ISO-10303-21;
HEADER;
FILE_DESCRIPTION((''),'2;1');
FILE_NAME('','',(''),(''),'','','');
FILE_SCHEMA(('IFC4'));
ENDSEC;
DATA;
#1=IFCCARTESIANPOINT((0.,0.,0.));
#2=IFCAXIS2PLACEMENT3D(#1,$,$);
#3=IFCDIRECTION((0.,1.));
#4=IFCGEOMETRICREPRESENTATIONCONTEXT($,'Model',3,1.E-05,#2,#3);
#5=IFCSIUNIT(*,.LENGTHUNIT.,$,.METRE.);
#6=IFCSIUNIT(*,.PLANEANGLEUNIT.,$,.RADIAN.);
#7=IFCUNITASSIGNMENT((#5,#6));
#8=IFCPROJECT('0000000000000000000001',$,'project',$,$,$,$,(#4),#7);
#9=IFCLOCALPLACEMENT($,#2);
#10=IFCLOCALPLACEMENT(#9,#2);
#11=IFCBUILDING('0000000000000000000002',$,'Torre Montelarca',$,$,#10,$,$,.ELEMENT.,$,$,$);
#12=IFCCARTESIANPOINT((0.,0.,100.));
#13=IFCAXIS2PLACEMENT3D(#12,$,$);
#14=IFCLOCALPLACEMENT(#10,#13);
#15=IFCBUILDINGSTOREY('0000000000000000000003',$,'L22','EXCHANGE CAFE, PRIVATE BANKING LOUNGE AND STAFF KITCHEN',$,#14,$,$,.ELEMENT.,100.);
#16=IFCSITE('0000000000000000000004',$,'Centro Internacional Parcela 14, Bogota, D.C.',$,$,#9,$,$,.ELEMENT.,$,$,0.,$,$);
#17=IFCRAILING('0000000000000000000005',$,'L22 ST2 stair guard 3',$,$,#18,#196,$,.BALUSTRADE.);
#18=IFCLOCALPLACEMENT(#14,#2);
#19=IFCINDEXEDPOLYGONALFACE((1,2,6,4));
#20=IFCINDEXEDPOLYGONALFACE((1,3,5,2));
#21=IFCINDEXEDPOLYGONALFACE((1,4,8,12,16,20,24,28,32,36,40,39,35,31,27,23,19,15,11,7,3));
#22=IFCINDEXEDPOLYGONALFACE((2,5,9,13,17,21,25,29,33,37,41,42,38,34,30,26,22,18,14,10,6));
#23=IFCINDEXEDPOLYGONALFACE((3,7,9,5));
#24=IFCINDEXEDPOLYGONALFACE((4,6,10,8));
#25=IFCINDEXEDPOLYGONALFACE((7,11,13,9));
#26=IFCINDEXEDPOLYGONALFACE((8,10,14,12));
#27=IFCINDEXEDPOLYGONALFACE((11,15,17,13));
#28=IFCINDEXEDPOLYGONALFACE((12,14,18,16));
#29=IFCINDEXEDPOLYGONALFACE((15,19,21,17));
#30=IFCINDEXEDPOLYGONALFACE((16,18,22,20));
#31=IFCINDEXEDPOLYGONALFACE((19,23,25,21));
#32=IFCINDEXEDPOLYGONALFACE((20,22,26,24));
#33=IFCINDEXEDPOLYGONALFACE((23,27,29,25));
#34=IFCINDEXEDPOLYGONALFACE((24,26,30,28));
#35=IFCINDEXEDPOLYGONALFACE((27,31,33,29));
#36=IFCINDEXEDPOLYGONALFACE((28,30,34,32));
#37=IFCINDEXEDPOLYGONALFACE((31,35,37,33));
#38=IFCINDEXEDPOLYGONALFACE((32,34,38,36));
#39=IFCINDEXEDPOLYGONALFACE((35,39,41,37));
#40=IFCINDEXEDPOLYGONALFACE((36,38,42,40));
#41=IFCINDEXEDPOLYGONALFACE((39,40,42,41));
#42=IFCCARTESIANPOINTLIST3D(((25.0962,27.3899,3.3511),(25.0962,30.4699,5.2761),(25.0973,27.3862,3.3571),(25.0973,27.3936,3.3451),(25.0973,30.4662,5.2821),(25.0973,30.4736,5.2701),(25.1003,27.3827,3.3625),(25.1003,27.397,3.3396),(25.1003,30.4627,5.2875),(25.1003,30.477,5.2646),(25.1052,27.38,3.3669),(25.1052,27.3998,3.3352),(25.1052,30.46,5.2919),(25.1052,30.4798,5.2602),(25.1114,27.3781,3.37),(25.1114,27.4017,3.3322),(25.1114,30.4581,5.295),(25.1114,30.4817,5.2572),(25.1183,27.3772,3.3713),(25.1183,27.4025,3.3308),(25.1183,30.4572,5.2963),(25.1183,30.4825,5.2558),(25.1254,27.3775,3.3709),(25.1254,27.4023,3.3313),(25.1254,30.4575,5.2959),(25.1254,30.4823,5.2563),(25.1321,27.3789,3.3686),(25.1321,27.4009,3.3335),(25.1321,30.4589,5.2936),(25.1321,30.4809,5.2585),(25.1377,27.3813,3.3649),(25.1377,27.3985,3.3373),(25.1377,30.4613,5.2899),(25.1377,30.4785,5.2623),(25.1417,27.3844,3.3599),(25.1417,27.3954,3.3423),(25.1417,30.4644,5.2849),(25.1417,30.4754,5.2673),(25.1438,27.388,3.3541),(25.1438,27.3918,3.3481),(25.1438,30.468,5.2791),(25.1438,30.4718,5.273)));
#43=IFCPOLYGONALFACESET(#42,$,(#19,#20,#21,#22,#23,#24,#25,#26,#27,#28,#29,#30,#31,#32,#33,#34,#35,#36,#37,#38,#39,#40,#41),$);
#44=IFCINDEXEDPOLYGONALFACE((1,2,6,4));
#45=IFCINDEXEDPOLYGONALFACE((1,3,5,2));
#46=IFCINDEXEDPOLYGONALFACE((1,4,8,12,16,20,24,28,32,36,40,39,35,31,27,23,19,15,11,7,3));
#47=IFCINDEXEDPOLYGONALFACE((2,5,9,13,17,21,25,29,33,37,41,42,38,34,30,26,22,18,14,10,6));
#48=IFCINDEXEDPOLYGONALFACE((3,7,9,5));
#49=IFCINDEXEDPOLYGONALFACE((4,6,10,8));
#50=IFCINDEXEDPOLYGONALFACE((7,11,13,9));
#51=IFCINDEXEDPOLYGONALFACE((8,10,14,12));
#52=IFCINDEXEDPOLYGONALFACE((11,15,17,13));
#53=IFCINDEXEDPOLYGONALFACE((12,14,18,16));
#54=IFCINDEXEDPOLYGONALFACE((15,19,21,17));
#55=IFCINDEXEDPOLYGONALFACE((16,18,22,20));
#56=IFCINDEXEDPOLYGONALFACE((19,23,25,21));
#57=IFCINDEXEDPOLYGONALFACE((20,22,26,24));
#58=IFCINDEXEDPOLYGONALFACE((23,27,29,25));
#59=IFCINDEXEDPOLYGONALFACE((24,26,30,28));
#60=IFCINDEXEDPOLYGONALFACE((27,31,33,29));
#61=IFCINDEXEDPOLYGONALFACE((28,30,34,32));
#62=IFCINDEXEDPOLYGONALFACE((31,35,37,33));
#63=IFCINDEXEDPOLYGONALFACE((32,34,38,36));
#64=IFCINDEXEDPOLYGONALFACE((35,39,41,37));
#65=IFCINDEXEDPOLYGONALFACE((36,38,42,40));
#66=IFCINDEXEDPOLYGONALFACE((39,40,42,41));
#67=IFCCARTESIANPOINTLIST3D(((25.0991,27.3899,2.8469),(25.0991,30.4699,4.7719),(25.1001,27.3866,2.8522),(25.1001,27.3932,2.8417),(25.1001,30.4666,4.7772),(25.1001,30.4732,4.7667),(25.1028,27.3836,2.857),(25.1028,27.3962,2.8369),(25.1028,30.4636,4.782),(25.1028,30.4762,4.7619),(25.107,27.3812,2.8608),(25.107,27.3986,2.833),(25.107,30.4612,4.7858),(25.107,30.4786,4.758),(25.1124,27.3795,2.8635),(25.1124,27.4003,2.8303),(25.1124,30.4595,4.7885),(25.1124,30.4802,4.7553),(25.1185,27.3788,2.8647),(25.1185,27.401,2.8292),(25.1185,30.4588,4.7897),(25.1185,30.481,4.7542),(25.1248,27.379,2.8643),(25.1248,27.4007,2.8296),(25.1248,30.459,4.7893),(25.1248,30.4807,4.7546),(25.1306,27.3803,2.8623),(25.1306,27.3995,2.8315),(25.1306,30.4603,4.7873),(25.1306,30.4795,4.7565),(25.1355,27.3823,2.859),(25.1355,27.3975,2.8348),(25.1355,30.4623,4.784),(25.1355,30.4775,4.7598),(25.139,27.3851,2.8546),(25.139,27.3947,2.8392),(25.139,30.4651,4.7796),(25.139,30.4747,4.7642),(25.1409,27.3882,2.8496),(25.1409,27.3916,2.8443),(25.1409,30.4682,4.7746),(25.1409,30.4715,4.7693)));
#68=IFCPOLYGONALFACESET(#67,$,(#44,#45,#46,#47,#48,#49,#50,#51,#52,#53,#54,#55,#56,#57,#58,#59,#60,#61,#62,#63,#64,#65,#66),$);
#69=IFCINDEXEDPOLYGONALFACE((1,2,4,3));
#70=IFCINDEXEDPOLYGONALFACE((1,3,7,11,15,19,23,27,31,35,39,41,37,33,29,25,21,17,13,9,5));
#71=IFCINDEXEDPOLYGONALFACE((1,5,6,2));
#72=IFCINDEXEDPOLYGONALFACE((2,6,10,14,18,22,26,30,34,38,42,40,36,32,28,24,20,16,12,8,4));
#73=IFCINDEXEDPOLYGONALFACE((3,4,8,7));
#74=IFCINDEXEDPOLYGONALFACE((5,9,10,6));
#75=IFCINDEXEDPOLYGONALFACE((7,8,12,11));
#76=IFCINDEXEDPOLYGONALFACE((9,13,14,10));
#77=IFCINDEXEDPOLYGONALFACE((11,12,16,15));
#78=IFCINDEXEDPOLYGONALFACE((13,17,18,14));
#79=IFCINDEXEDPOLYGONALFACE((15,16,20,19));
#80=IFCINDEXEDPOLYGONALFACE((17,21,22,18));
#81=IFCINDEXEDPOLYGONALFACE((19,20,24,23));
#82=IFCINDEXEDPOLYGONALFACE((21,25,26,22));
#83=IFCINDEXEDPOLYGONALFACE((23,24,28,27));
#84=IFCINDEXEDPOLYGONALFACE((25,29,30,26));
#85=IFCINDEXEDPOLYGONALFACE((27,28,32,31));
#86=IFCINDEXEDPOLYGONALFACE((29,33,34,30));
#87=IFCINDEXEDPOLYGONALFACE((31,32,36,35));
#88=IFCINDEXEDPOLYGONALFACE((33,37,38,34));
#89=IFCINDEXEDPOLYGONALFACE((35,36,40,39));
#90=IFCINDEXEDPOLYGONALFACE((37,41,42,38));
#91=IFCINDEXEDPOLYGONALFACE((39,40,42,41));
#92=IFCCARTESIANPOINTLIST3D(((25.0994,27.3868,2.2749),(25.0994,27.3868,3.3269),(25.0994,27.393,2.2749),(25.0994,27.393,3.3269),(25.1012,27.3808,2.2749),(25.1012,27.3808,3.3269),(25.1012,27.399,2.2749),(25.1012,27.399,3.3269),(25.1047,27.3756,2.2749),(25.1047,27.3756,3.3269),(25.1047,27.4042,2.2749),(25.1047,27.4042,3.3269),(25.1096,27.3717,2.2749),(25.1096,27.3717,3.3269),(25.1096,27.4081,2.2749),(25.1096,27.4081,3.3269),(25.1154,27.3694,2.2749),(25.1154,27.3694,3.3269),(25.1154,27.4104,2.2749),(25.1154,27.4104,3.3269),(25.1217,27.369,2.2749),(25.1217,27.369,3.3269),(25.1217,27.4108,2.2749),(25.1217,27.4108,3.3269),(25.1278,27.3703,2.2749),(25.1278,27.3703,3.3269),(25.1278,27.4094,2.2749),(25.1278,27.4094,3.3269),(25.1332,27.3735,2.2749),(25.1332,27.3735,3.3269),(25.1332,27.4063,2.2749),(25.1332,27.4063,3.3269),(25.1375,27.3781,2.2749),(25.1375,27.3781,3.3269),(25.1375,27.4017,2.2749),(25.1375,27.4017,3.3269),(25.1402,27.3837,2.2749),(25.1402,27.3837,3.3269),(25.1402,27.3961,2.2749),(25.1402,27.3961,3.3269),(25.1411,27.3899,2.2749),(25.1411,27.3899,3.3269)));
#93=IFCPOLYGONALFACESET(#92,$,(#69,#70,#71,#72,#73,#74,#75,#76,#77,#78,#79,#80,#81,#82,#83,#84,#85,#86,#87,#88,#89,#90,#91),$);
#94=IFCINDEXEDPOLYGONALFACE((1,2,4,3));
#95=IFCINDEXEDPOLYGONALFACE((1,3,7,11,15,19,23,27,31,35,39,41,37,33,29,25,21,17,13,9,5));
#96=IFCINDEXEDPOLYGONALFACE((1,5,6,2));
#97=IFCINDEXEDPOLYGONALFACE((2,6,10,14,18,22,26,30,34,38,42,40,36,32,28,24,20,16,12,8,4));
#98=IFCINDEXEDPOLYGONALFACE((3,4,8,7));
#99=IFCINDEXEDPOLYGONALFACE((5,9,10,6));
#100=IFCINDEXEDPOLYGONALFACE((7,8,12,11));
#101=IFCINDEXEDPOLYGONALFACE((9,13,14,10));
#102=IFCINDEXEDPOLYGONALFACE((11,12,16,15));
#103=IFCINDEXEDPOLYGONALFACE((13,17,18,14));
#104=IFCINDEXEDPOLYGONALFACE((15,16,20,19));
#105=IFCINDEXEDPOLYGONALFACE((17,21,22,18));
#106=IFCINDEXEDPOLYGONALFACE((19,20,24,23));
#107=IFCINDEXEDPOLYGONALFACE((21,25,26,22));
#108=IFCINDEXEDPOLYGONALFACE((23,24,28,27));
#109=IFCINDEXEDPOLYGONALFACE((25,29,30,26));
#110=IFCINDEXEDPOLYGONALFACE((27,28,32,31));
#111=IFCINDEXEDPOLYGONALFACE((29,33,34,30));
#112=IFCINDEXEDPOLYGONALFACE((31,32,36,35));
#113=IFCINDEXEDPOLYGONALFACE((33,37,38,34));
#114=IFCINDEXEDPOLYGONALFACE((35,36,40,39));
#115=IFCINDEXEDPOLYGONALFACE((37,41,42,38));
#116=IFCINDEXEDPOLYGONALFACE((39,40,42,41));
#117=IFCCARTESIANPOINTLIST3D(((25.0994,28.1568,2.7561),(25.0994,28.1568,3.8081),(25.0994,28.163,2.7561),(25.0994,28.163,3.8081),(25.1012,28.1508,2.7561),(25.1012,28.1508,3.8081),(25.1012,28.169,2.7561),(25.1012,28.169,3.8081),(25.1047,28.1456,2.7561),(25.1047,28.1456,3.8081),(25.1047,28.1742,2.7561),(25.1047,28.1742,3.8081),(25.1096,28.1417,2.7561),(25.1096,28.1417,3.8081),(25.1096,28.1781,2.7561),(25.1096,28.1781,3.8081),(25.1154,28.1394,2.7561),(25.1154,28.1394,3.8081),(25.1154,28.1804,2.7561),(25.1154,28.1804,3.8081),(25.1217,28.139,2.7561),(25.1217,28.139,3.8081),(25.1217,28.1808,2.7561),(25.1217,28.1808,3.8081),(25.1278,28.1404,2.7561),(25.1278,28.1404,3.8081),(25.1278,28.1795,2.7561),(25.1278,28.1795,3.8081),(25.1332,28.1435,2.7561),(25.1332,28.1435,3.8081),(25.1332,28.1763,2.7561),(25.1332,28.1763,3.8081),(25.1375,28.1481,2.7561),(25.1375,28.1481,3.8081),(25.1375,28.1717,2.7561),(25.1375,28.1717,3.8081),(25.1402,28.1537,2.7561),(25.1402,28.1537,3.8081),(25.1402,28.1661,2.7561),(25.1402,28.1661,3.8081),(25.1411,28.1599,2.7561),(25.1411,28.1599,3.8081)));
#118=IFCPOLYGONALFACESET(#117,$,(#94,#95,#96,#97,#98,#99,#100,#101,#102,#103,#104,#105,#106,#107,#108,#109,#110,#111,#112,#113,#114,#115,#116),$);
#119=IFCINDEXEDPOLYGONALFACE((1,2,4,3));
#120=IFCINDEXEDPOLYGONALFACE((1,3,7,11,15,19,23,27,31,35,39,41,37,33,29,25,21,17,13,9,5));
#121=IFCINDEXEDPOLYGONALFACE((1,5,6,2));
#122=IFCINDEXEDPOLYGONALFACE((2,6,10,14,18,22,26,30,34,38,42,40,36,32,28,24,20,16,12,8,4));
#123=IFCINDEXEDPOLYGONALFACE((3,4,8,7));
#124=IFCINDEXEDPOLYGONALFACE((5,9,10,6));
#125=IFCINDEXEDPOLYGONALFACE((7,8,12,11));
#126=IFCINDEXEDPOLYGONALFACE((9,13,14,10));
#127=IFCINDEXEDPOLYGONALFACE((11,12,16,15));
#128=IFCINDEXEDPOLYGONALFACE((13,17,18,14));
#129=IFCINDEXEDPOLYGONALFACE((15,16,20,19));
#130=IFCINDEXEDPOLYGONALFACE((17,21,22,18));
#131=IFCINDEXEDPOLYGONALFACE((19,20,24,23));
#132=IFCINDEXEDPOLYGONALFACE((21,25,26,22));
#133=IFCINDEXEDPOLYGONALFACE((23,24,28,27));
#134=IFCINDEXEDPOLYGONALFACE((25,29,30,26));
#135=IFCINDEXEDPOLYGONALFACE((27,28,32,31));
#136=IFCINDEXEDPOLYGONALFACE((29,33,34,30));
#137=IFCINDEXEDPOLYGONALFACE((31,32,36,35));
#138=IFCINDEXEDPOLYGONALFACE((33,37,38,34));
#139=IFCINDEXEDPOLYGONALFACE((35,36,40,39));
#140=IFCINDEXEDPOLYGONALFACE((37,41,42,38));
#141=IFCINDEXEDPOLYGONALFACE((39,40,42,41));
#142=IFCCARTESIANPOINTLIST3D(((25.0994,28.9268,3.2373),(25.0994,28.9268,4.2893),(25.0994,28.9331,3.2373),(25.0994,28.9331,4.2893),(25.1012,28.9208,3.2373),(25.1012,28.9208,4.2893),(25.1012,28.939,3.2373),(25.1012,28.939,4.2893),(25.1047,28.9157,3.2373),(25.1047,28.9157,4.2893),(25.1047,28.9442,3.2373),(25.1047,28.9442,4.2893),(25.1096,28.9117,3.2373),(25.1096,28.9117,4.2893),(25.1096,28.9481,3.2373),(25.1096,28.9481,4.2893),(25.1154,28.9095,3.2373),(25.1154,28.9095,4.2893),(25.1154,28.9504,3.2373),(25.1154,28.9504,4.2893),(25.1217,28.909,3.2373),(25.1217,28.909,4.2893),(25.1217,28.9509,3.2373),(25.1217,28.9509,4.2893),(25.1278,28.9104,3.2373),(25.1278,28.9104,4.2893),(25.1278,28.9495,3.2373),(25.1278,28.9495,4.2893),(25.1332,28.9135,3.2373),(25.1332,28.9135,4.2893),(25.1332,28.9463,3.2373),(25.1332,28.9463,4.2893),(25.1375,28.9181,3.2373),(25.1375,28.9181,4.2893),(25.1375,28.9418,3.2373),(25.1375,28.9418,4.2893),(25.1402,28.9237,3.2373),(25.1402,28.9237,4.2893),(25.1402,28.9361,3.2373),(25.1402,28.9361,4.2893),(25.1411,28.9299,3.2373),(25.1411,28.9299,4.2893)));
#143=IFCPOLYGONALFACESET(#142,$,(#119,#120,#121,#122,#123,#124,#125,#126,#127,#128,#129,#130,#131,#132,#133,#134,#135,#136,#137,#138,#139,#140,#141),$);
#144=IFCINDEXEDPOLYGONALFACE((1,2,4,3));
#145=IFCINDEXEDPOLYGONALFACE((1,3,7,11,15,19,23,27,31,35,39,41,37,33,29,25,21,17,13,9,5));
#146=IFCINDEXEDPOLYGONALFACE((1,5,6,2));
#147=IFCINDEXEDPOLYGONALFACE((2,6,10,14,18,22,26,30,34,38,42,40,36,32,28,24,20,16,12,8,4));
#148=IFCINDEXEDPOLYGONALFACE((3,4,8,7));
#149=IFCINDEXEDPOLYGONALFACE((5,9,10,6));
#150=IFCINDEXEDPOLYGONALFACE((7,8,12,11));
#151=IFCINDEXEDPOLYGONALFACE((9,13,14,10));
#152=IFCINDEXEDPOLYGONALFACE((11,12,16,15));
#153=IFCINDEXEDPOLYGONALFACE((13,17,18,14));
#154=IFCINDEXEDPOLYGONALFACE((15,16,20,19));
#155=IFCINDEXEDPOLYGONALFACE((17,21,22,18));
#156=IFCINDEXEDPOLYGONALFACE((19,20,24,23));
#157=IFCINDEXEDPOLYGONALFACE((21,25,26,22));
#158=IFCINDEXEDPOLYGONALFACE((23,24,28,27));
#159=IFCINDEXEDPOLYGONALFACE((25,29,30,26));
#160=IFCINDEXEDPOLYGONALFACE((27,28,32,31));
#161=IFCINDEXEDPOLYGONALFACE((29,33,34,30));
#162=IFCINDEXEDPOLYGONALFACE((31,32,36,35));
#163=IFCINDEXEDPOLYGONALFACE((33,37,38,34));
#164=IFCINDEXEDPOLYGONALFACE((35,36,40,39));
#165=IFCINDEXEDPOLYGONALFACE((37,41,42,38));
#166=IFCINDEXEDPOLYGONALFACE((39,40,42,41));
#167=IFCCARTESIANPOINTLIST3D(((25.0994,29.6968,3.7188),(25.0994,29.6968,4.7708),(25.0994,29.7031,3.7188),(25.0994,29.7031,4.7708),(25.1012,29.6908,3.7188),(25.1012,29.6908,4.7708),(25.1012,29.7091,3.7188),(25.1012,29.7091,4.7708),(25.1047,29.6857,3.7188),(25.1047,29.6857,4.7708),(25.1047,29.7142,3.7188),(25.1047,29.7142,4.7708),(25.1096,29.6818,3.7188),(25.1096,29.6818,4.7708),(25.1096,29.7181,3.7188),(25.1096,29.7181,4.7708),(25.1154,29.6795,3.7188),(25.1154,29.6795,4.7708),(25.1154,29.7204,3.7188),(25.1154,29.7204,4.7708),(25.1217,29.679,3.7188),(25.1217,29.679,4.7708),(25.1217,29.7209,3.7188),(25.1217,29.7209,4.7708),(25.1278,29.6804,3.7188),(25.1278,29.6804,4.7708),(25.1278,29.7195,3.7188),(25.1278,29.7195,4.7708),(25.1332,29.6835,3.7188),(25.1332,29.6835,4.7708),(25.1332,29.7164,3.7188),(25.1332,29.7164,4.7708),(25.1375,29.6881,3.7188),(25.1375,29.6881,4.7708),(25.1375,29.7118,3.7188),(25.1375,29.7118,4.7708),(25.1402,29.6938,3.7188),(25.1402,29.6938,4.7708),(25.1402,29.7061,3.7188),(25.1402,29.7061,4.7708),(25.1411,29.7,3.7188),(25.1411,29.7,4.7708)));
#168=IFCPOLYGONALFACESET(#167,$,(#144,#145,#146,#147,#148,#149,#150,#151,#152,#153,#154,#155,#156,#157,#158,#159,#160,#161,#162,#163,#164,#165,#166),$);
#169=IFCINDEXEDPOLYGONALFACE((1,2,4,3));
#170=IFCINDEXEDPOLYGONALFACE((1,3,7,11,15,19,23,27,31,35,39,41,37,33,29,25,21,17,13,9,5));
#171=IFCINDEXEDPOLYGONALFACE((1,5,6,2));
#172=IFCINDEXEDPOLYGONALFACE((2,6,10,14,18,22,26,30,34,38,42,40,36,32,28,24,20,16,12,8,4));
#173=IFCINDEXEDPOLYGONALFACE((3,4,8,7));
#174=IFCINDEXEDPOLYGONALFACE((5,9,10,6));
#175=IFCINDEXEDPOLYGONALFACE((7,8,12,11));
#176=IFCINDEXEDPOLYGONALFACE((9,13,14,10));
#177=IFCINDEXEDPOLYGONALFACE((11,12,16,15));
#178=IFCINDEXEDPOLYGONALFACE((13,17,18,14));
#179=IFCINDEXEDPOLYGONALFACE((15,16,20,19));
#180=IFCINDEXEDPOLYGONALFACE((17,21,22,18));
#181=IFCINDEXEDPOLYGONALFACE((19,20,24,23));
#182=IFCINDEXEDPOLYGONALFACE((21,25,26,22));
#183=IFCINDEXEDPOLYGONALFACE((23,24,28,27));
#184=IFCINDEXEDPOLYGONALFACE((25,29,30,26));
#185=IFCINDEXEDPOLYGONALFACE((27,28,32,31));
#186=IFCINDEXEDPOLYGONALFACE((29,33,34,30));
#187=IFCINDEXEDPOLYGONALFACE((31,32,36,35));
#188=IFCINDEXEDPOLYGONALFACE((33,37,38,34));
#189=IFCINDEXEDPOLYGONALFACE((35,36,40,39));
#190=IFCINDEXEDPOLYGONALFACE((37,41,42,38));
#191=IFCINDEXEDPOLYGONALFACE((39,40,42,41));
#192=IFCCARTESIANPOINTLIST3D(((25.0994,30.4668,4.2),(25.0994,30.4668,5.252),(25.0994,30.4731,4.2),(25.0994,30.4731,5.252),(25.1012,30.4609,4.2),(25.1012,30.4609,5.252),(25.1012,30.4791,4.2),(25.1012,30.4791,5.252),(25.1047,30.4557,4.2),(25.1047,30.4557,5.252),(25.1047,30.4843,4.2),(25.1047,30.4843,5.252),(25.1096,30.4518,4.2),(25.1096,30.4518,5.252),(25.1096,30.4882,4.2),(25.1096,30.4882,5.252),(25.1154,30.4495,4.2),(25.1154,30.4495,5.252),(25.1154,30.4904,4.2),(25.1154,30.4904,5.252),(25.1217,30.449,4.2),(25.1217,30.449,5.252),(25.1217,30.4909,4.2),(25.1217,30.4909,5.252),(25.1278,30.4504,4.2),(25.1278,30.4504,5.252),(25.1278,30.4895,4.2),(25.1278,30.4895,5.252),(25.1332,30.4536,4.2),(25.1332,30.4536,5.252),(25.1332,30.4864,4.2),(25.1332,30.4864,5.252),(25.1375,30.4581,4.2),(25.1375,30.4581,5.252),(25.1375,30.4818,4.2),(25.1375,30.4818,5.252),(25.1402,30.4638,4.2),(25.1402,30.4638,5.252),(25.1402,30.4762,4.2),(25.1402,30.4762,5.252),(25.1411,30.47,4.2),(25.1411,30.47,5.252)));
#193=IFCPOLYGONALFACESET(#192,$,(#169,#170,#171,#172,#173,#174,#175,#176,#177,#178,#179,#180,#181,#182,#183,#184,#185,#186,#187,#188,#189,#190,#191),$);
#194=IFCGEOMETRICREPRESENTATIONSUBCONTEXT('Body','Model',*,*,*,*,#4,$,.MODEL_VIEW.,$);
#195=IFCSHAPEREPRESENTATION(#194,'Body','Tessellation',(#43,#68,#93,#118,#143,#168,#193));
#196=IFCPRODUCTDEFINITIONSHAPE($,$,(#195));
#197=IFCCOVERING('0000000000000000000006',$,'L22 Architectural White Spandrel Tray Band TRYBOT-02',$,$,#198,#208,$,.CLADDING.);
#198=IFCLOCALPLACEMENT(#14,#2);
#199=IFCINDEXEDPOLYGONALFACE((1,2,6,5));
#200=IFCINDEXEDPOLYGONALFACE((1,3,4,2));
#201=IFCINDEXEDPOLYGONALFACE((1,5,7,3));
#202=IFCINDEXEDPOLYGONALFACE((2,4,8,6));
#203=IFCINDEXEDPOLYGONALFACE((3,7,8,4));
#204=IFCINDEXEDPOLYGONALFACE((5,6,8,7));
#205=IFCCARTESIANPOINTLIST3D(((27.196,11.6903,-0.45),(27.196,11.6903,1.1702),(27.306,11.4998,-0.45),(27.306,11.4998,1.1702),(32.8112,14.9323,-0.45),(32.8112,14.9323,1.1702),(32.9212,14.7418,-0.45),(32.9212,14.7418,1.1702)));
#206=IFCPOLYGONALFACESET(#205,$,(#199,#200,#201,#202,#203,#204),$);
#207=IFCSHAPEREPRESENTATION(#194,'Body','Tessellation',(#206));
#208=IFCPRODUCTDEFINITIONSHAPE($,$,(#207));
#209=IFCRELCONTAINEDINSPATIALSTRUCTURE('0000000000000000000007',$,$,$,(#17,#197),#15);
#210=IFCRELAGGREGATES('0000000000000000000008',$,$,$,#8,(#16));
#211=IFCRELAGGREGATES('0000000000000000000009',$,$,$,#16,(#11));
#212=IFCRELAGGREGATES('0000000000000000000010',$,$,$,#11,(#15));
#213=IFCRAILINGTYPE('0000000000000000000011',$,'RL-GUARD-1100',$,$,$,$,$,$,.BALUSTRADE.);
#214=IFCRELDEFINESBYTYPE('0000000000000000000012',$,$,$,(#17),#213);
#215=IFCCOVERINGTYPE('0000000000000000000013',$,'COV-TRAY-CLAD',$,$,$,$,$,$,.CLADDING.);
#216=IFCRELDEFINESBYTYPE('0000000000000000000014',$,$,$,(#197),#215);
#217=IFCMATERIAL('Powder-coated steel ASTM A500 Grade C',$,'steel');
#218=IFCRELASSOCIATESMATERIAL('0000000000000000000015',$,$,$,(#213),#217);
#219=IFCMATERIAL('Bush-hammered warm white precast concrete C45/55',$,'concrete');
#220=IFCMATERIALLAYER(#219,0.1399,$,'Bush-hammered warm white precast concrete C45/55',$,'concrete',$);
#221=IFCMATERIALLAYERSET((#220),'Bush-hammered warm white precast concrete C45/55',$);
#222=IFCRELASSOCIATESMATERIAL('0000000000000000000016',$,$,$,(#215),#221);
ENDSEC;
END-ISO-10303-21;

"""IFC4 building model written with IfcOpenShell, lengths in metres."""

from ifc_helpers import new_model, si_unit, direction, frame, origin, origin_2d, place, context, subcontext, project, spatial, rectangle, circle, extrude, source, transform, mapped, material, layer, layer_set, type_object, element, save


model = new_model("IFC4")

# Units and contexts
model_context = context("Model", 3, precision=1e-05, world=origin(), true_north=direction((0.0, 1.0)))
body_context = subcontext(model_context, "Body", "Model", "MODEL_VIEW")
ifc_project = project(units=[si_unit("LENGTHUNIT", "METRE"), si_unit("PLANEANGLEUNIT", "RADIAN")], contexts=[model_context])

# Site, building, storey
site_placement = place(None, origin())
site = spatial("IfcSite", under=ifc_project, at=site_placement, Name="Centro Internacional Parcela 14, Bogota, D.C.", CompositionType="ELEMENT", RefElevation=0.0)
building_placement = place(site_placement, origin())
building = spatial("IfcBuilding", under=site, at=building_placement, Name="Torre Montelarca", CompositionType="ELEMENT")
storey_placement = place(building_placement, frame((0.0, 0.0, 100.0)))
storey = spatial("IfcBuildingStorey", under=building, at=storey_placement, Name="L22", Description="EXCHANGE CAFE, PRIVATE BANKING LOUNGE AND STAFF KITCHEN", CompositionType="ELEMENT", Elevation=100.0)

# Railing
ifc_material_1 = material(Name="Powder-coated steel ASTM A500 Grade C", Category="steel")
railing_type = type_object("IfcRailingType", Name="RL-GUARD-1100", PredefinedType="BALUSTRADE", material=ifc_material_1)
railing_1_placement = place(storey_placement, frame((25.1201, 27.3899, 2.2749)))
element("IfcRailing", 1, at=railing_1_placement, inside=storey, type_object=railing_type, Name="L22 ST2 stair guard 3", PredefinedType="BALUSTRADE", context=body_context, shape_type="SweptSolid", body=[
    extrude(circle(Radius=0.0239, at=origin_2d()), frame((0.0, 0.0, 1.0762), z_axis=(0.0, 0.847998, 0.529999), x_axis=(-1.0, 0.0, 0.0)), (0.0, 0.0, 1.0), 3.6321),
    extrude(circle(Radius=0.021, at=origin_2d()), frame((0.0, 0.0, 0.572), z_axis=(0.0, 0.847998, 0.529999), x_axis=(-1.0, 0.0, 0.0)), (0.0, 0.0, 1.0), 3.6321),
    extrude(circle(Radius=0.021, at=origin_2d()), origin(), (0.0, 0.0, 1.0), 1.052),
    extrude(circle(Radius=0.021, at=origin_2d()), frame((0.0, 0.77, 0.4812)), (0.0, 0.0, 1.0), 1.052),
    extrude(circle(Radius=0.021, at=origin_2d()), frame((0.0, 1.54, 0.9624)), (0.0, 0.0, 1.0), 1.052),
    extrude(circle(Radius=0.021, at=origin_2d()), frame((0.0, 2.3101, 1.4438)), (0.0, 0.0, 1.0), 1.052),
    extrude(circle(Radius=0.021, at=origin_2d()), frame((0.0, 3.0801, 1.925)), (0.0, 0.0, 1.0), 1.052),
])

# Covering
ifc_material_2 = material(Name="Bush-hammered warm white precast concrete C45/55", Category="concrete")
ifc_layer_1 = layer(ifc_material_2, 0.1399, Name="Bush-hammered warm white precast concrete C45/55", Category="concrete")
ifc_layer_set_1 = layer_set([ifc_layer_1], Name="Bush-hammered warm white precast concrete C45/55")
covering_type = type_object("IfcCoveringType", Name="COV-TRAY-CLAD", PredefinedType="CLADDING", material=ifc_layer_set_1)
shared_shape_1 = source(origin(), body_context, "Body", "SweptSolid", [
    extrude(rectangle(XDim=6.4839, YDim=0.22, at=origin_2d()), origin(), (0.0, 0.0, 1.0), 1.6201),
])
covering_1_placement = place(storey_placement, frame((30.0586, 13.2161, -0.45), z_axis=(0.0, 0.0, 1.0), x_axis=(0.866022, 0.500006, 0.0)))
element("IfcCovering", 2, at=covering_1_placement, inside=storey, type_object=covering_type, Name="L22 Architectural White Spandrel Tray Band TRYBOT-02", PredefinedType="CLADDING", context=body_context, shape_type="MappedRepresentation", body=[
    mapped(shared_shape_1, transform((0.0, 0.0, 0.0), scale=1.0)),
])

save(model, "model.ifc")
